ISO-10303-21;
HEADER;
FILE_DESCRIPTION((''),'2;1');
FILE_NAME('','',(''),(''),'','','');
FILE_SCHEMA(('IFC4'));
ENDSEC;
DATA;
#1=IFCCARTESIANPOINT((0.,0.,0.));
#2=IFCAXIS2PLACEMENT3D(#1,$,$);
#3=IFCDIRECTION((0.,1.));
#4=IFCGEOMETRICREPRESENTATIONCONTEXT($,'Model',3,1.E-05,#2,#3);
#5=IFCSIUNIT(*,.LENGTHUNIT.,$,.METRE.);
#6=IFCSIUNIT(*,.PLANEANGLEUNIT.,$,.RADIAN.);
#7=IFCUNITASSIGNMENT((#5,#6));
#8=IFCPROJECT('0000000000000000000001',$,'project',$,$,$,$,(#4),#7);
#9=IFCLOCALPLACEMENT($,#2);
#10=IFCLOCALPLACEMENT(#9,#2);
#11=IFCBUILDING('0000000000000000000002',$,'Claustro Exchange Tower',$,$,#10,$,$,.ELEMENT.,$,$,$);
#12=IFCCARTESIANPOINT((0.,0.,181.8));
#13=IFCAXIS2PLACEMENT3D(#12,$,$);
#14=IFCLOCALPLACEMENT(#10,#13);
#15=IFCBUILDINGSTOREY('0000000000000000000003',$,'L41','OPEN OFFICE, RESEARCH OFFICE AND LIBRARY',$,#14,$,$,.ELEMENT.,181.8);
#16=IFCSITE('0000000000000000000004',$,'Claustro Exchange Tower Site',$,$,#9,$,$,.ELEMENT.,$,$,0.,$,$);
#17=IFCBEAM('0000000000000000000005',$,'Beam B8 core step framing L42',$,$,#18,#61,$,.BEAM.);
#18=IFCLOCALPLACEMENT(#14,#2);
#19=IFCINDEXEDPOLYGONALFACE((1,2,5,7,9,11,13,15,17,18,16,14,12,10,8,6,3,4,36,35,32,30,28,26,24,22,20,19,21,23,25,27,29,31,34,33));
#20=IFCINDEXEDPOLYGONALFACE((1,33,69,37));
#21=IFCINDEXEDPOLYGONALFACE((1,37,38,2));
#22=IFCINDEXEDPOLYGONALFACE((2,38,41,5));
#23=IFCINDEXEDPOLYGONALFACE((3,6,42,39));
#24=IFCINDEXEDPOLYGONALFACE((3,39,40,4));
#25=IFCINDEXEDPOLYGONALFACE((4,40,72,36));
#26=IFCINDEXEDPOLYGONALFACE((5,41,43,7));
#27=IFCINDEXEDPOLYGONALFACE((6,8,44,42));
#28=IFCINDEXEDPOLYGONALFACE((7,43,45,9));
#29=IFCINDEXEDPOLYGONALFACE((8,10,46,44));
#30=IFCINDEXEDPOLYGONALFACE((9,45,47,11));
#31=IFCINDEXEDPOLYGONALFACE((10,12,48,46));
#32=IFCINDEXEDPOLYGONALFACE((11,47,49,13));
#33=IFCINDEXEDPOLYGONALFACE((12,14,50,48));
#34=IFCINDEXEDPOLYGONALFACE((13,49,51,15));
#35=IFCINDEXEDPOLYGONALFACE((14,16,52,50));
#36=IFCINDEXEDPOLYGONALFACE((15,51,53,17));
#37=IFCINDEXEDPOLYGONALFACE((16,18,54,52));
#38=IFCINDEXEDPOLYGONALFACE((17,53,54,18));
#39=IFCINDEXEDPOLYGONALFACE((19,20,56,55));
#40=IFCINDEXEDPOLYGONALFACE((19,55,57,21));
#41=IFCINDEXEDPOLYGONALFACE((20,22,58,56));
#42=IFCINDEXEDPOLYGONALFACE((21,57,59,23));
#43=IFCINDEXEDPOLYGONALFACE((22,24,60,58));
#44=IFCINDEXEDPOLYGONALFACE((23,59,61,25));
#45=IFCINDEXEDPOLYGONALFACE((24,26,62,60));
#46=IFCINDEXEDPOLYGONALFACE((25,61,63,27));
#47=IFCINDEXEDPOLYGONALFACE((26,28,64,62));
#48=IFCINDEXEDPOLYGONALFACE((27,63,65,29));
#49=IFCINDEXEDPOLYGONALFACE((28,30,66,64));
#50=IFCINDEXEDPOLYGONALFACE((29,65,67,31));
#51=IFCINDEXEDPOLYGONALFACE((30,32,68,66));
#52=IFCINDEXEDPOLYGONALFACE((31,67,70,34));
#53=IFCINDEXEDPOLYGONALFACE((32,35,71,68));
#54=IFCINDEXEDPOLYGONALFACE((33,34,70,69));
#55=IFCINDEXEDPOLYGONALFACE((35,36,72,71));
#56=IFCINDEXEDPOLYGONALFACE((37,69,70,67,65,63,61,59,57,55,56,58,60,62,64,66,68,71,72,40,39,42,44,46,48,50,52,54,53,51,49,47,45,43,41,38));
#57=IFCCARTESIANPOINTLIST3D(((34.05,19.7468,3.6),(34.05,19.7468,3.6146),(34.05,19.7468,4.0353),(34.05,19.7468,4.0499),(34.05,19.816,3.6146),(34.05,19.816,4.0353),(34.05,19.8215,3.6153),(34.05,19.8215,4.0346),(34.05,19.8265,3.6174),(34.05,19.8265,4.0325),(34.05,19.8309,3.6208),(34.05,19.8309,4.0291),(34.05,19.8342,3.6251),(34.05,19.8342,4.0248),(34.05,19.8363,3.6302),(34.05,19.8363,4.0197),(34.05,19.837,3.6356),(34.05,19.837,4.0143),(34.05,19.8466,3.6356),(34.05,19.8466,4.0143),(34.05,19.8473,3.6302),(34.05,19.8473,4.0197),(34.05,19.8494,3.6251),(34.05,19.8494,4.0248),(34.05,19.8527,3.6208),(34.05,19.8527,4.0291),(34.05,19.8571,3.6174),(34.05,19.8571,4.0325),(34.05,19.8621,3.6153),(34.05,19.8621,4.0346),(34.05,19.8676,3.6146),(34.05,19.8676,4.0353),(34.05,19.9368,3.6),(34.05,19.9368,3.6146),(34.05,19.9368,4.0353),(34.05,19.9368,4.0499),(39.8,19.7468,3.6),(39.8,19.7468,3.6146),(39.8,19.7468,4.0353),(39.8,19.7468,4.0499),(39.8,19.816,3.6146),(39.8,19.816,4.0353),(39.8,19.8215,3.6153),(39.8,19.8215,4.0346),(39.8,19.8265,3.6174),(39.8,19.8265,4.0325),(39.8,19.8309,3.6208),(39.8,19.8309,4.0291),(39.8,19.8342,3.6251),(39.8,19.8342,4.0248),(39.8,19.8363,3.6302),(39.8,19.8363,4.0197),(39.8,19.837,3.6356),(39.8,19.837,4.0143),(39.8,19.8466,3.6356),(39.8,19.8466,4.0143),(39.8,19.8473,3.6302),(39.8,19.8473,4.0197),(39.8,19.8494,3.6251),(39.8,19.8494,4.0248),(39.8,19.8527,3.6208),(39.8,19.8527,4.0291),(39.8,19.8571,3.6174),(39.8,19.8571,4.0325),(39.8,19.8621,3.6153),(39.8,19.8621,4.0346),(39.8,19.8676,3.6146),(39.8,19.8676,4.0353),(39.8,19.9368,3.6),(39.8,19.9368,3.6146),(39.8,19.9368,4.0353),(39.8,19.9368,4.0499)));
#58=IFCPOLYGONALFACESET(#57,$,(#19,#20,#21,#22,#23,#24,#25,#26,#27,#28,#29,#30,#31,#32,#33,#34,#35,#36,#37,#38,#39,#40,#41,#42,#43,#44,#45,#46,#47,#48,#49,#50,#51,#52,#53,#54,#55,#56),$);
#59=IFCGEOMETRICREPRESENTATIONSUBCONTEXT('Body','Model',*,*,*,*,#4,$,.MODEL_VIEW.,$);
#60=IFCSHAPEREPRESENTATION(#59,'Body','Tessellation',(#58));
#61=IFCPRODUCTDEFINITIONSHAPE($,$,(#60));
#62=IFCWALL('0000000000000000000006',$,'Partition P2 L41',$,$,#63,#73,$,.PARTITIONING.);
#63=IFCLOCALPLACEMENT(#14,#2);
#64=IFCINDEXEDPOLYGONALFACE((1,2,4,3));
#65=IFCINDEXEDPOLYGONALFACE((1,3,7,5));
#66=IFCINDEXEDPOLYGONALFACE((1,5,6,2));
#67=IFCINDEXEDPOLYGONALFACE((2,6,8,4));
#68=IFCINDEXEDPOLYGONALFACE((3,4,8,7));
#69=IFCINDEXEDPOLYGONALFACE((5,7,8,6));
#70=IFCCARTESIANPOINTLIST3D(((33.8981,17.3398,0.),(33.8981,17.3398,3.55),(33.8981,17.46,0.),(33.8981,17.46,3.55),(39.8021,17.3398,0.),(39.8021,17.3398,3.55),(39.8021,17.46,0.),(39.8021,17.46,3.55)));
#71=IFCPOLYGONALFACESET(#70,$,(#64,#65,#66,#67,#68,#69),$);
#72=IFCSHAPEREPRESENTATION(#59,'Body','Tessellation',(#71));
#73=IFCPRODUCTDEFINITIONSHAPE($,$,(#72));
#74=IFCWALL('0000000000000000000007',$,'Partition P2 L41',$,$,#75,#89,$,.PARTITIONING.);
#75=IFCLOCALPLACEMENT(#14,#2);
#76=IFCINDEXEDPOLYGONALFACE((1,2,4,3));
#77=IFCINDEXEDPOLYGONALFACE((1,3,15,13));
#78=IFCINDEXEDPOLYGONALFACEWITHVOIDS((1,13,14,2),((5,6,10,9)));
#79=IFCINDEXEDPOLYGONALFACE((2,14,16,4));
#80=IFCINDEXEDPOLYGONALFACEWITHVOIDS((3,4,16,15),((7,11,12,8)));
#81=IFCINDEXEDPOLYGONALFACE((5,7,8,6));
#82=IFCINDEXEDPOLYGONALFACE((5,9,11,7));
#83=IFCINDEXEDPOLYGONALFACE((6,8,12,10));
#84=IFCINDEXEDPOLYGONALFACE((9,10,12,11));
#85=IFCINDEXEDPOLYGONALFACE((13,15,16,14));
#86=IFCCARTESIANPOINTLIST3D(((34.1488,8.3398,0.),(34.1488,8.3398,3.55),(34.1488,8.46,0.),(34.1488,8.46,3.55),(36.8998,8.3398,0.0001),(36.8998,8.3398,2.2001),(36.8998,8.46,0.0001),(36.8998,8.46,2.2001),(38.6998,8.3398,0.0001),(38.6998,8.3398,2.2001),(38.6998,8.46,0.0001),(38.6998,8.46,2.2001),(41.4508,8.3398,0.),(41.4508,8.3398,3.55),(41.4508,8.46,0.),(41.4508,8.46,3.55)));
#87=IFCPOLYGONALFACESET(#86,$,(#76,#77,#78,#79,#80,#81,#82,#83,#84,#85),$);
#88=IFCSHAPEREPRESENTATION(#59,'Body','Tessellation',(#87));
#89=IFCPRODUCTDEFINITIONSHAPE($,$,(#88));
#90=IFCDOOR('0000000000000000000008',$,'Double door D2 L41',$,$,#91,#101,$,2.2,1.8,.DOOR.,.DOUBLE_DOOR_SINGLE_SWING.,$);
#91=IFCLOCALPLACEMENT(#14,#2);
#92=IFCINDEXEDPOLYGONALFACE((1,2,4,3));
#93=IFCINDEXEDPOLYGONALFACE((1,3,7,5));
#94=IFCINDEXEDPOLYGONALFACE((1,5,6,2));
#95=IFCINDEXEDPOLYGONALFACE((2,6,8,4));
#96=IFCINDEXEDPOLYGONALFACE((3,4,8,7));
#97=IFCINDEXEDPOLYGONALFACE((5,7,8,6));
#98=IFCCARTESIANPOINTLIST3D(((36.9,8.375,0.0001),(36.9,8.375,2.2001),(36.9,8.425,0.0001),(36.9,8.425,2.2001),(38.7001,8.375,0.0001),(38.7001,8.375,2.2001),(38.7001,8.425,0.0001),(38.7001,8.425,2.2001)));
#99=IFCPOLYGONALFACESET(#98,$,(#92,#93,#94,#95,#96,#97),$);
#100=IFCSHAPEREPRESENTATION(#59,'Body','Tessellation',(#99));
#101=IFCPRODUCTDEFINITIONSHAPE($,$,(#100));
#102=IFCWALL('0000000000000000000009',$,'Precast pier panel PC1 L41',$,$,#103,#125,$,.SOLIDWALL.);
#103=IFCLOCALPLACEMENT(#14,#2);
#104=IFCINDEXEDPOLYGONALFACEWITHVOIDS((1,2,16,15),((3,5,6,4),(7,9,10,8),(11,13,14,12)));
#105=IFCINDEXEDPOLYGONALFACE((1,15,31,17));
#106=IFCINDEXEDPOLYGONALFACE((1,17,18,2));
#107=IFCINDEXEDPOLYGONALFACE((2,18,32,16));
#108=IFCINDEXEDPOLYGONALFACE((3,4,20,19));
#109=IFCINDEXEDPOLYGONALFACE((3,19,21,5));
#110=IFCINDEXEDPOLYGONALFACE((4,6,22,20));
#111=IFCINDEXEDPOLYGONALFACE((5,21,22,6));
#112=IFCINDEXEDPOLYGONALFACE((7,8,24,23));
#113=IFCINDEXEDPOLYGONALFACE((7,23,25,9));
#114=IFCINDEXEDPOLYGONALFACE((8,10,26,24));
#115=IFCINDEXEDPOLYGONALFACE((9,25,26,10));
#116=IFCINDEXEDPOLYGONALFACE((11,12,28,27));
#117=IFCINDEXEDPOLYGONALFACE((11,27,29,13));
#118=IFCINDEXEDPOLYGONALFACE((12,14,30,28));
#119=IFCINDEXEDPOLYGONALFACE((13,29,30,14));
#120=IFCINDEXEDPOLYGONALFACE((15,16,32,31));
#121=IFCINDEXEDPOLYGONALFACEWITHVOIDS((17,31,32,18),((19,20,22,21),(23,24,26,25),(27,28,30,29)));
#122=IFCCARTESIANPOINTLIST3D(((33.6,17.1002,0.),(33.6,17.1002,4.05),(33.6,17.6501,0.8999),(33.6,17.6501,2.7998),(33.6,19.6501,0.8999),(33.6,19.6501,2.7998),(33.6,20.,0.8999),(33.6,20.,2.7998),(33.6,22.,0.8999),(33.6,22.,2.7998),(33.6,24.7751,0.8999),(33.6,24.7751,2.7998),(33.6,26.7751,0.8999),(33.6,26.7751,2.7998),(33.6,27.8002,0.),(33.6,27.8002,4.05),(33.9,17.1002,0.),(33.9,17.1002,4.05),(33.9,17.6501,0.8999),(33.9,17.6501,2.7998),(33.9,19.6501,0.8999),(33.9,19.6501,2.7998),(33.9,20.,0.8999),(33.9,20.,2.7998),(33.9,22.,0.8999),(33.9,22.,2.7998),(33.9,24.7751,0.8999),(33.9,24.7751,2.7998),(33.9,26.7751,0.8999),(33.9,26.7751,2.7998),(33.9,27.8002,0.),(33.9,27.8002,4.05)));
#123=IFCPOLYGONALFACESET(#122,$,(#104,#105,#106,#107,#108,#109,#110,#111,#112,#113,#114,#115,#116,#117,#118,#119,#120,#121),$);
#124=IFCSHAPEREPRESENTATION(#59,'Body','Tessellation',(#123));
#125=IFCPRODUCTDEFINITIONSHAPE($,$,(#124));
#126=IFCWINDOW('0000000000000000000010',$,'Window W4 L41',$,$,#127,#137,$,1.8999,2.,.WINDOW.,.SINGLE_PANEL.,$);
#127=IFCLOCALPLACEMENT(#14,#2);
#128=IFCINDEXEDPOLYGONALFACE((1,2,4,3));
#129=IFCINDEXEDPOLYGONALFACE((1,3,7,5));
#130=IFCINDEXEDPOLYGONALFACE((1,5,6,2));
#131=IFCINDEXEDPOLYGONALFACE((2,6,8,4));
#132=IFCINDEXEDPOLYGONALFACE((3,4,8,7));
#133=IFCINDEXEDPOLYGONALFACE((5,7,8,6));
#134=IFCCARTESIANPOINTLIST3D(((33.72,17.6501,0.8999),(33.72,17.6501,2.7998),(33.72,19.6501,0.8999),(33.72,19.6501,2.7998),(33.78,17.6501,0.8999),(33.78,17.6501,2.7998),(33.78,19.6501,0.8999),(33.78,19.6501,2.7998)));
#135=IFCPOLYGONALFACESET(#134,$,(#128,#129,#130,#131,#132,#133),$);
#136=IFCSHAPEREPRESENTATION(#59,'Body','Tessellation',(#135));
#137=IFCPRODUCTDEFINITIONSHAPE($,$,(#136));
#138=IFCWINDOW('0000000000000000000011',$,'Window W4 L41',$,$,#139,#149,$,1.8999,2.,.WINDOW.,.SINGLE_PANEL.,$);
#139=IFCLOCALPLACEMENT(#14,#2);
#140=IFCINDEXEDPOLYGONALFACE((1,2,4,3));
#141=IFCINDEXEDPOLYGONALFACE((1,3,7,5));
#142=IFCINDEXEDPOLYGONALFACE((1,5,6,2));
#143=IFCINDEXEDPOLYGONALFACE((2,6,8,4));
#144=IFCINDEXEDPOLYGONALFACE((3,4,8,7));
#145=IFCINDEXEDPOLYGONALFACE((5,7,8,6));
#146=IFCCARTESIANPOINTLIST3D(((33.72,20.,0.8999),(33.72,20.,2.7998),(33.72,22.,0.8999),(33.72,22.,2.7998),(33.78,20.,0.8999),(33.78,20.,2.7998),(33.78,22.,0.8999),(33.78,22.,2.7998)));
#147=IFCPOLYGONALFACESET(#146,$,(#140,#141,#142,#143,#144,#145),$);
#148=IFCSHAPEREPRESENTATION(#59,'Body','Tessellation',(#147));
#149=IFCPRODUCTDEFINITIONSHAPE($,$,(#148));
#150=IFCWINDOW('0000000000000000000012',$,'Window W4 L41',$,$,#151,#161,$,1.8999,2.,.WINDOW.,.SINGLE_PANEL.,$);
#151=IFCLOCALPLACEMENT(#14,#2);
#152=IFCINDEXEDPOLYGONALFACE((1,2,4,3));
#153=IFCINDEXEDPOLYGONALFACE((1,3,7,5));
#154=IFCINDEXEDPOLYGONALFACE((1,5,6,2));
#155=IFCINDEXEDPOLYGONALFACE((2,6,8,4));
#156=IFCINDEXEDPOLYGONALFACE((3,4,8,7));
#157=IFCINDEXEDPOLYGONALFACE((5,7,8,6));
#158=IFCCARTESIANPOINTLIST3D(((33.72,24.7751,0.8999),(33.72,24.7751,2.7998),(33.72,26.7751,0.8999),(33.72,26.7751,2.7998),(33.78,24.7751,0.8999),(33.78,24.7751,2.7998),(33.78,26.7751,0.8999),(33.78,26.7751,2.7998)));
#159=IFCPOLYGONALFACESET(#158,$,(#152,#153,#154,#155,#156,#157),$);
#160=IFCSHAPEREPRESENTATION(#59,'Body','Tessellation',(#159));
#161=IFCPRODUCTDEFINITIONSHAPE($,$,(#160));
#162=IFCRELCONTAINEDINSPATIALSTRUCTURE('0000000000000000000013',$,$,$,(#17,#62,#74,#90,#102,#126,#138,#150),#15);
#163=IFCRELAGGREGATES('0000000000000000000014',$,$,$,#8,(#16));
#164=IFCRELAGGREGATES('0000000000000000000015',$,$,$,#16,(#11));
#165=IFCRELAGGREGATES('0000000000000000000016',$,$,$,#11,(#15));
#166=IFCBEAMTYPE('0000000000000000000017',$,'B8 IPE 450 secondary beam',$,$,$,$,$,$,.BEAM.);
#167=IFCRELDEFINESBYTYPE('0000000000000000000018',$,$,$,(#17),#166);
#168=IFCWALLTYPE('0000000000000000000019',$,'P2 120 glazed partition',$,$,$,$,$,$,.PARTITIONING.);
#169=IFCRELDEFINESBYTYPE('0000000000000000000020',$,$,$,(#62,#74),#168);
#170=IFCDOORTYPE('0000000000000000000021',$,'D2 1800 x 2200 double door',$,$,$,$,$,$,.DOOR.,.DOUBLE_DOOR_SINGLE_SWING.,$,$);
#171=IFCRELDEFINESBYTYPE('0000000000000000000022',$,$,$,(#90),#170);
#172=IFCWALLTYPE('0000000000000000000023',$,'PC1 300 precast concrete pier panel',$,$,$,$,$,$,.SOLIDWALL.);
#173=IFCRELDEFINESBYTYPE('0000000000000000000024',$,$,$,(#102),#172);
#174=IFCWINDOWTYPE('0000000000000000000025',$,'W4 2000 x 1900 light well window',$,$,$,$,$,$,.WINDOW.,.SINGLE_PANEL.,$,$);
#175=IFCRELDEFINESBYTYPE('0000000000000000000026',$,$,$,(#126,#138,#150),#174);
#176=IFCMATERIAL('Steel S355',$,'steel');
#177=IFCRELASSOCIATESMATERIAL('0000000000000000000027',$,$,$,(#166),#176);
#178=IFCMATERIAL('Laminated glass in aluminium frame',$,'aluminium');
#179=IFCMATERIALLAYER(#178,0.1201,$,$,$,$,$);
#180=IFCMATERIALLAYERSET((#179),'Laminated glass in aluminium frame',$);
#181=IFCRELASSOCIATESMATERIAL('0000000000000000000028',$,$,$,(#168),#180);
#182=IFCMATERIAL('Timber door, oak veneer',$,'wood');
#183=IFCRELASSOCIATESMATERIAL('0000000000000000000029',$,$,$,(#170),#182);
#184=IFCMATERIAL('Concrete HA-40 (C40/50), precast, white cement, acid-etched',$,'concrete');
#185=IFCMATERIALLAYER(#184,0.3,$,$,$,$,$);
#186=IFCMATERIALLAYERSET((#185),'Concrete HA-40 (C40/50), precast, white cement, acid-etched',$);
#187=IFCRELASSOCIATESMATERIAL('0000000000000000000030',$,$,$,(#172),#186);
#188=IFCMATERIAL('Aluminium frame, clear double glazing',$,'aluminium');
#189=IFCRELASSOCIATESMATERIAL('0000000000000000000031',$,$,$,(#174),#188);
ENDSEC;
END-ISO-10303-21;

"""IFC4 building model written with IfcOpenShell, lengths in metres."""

from ifc_helpers import new_model, si_unit, direction, frame, frame_2d, origin, origin_2d, place, context, subcontext, project, spatial, rectangle, i_section, extrude, material, layer, layer_set, material_profile, profile_set, type_object, element, fill, save


model = new_model("IFC4")

# Units and contexts
model_context = context("Model", 3, precision=1e-05, world=origin(), true_north=direction((0.0, 1.0)))
body_context = subcontext(model_context, "Body", "Model", "MODEL_VIEW")
ifc_project = project(units=[si_unit("LENGTHUNIT", "METRE"), si_unit("PLANEANGLEUNIT", "RADIAN")], contexts=[model_context])

# Site, building, storey
site_placement = place(None, origin())
site = spatial("IfcSite", under=ifc_project, at=site_placement, Name="Claustro Exchange Tower Site", CompositionType="ELEMENT", RefElevation=0.0)
building_placement = place(site_placement, origin())
building = spatial("IfcBuilding", under=site, at=building_placement, Name="Claustro Exchange Tower", CompositionType="ELEMENT")
storey_placement = place(building_placement, frame((0.0, 0.0, 181.8)))
storey = spatial("IfcBuildingStorey", under=building, at=storey_placement, Name="L41", Description="OPEN OFFICE, RESEARCH OFFICE AND LIBRARY", CompositionType="ELEMENT", Elevation=181.8)

# Beam
ifc_material_1 = material(Name="Steel S355", Category="steel")
ifc_material_profile_1 = material_profile(ifc_material_1, i_section(OverallWidth=0.1899, OverallDepth=0.45, WebThickness=0.0095, FlangeThickness=0.0146, FilletRadius=0.021, at=origin_2d()), Name="IPE 450")
ifc_profile_set_1 = profile_set([ifc_material_profile_1], Name="Steel S355")
beam_type_1 = type_object("IfcBeamType", Name="B8 IPE 450 secondary beam", PredefinedType="BEAM", material=ifc_profile_set_1)
for number, where, z_axis, x_axis, name in (
    (1, (34.05, 19.8418, 3.825), (1.0, 0.0, 0.0), (0.0, 1.0, 0.0), "Beam B8 core step framing L42"),
):
    element("IfcBeam", number, at=place(storey_placement, frame(where, z_axis=z_axis, x_axis=x_axis)), inside=storey, type_object=beam_type_1, Name=name, PredefinedType="BEAM", context=body_context, shape_type="SweptSolid", body=[
        extrude(i_section(OverallWidth=0.1899, OverallDepth=0.45, WebThickness=0.0095, FlangeThickness=0.0146, FilletRadius=0.021, at=origin_2d()), origin(), (0.0, 0.0, 1.0), 5.75),
    ])

# Wall
ifc_material_2 = material(Name="Laminated glass in aluminium frame", Category="aluminium")
ifc_layer_1 = layer(ifc_material_2, 0.1201)
ifc_layer_set_1 = layer_set([ifc_layer_1], Name="Laminated glass in aluminium frame")
wall_type_1 = type_object("IfcWallType", Name="P2 120 glazed partition", PredefinedType="PARTITIONING", material=ifc_layer_set_1)
wall_1_placement = place(storey_placement, frame((33.8979, 17.3999, 0.0), z_axis=(0.0, 0.0, 1.0), x_axis=(1.0, 0.0, 0.0)))
element("IfcWall", 2, at=wall_1_placement, inside=storey, type_object=wall_type_1, Name="Partition P2 L41", PredefinedType="PARTITIONING", context=body_context, shape_type="SweptSolid", body=[
    extrude(rectangle(XDim=5.9041, YDim=0.1201, at=frame_2d((2.9521, 0.0))), origin(), (0.0, 0.0, 1.0), 3.55),
])

# Wall, opening, door
wall_2_placement = place(storey_placement, frame((34.1489, 8.3999, 0.0), z_axis=(0.0, 0.0, 1.0), x_axis=(1.0, 0.0, 0.0)))
wall_2 = element("IfcWall", 3, at=wall_2_placement, inside=storey, type_object=wall_type_1, Name="Partition P2 L41", PredefinedType="PARTITIONING", context=body_context, shape_type="SweptSolid", body=[
    extrude(rectangle(XDim=7.302, YDim=0.1201, at=frame_2d((3.6509, 0.0))), origin(), (0.0, 0.0, 1.0), 3.55),
])
opening_1_placement = place(wall_2_placement, frame((2.751, 0.0, 0.0)))
opening_1 = element("IfcOpeningElement", 4, at=opening_1_placement, cuts=wall_2, PredefinedType="OPENING", context=body_context, shape_type="SweptSolid", body=[
    extrude(rectangle(XDim=1.8, YDim=2.2, at=frame_2d((0.8999, 1.1001))), frame((0.0, 0.0701, 0.0), z_axis=(0.0, -1.0, 0.0), x_axis=(1.0, 0.0, 0.0)), (0.0, 0.0, 1.0), 0.1401),
])
ifc_material_3 = material(Name="Timber door, oak veneer", Category="wood")
door_type_1 = type_object("IfcDoorType", Name="D2 1800 x 2200 double door", OperationType="DOUBLE_DOOR_SINGLE_SWING", PredefinedType="DOOR", material=ifc_material_3)
door_1_placement = place(opening_1_placement, frame((1.8, 0.0, 0.0), z_axis=(0.0, 0.0, 1.0), x_axis=(-1.0, 0.0, 0.0)))
door_1 = element("IfcDoor", 5, at=door_1_placement, inside=storey, type_object=door_type_1, Name="Double door D2 L41", OperationType="DOUBLE_DOOR_SINGLE_SWING", OverallHeight=2.2, OverallWidth=1.8, PredefinedType="DOOR", context=body_context, shape_type="SweptSolid", body=[
    extrude(rectangle(XDim=1.8, YDim=2.2, at=frame_2d((0.8999, 1.1001))), frame((0.0, 0.0249, 0.0), z_axis=(0.0, -1.0, 0.0), x_axis=(1.0, 0.0, 0.0)), (0.0, 0.0, 1.0), 0.05),
])
fill(opening_1, door_1)

# Wall, openings, windows
ifc_material_4 = material(Name="Concrete HA-40 (C40/50), precast, white cement, acid-etched", Category="concrete")
ifc_layer_2 = layer(ifc_material_4, 0.3)
ifc_layer_set_2 = layer_set([ifc_layer_2], Name="Concrete HA-40 (C40/50), precast, white cement, acid-etched")
wall_type_2 = type_object("IfcWallType", Name="PC1 300 precast concrete pier panel", PredefinedType="SOLIDWALL", material=ifc_layer_set_2)
wall_3_placement = place(storey_placement, frame((33.75, 17.1001, 0.0), z_axis=(0.0, 0.0, 1.0), x_axis=(0.0, 1.0, 0.0)))
wall_3 = element("IfcWall", 6, at=wall_3_placement, inside=storey, type_object=wall_type_2, Name="Precast pier panel PC1 L41", PredefinedType="SOLIDWALL", context=body_context, shape_type="SweptSolid", body=[
    extrude(rectangle(XDim=10.7, YDim=0.3, at=frame_2d((5.3501, 0.0))), origin(), (0.0, 0.0, 1.0), 4.05),
])
opening_2_placement = place(wall_3_placement, frame((0.55, 0.0, 0.8999)))
opening_2 = element("IfcOpeningElement", 7, at=opening_2_placement, cuts=wall_3, PredefinedType="OPENING", context=body_context, shape_type="SweptSolid", body=[
    extrude(rectangle(XDim=2.0, YDim=1.8999, at=frame_2d((1.0, 0.95))), frame((0.0, 0.1599, 0.0), z_axis=(0.0, -1.0, 0.0), x_axis=(1.0, 0.0, 0.0)), (0.0, 0.0, 1.0), 0.3201),
])
opening_3_placement = place(wall_3_placement, frame((2.8999, 0.0, 0.8999)))
opening_3 = element("IfcOpeningElement", 8, at=opening_3_placement, cuts=wall_3, PredefinedType="OPENING", context=body_context, shape_type="SweptSolid", body=[
    extrude(rectangle(XDim=2.0, YDim=1.8999, at=frame_2d((1.0, 0.95))), frame((0.0, 0.1599, 0.0), z_axis=(0.0, -1.0, 0.0), x_axis=(1.0, 0.0, 0.0)), (0.0, 0.0, 1.0), 0.3201),
])
opening_4_placement = place(wall_3_placement, frame((7.675, 0.0, 0.8999)))
opening_4 = element("IfcOpeningElement", 9, at=opening_4_placement, cuts=wall_3, PredefinedType="OPENING", context=body_context, shape_type="SweptSolid", body=[
    extrude(rectangle(XDim=2.0, YDim=1.8999, at=frame_2d((1.0, 0.95))), frame((0.0, 0.1599, 0.0), z_axis=(0.0, -1.0, 0.0), x_axis=(1.0, 0.0, 0.0)), (0.0, 0.0, 1.0), 0.3201),
])
ifc_material_5 = material(Name="Aluminium frame, clear double glazing", Category="aluminium")
window_type = type_object("IfcWindowType", Name="W4 2000 x 1900 light well window", PartitioningType="SINGLE_PANEL", PredefinedType="WINDOW", material=ifc_material_5)
window_1_placement = place(opening_2_placement, origin())
window_1 = element("IfcWindow", 10, at=window_1_placement, inside=storey, type_object=window_type, Name="Window W4 L41", OverallHeight=1.8999, OverallWidth=2.0, PartitioningType="SINGLE_PANEL", PredefinedType="WINDOW", context=body_context, shape_type="SweptSolid", body=[
    extrude(rectangle(XDim=2.0, YDim=1.8999, at=frame_2d((1.0, 0.95))), frame((0.0, 0.03, 0.0), z_axis=(0.0, -1.0, 0.0), x_axis=(1.0, 0.0, 0.0)), (0.0, 0.0, 1.0), 0.0601),
])
fill(opening_2, window_1)
window_2_placement = place(opening_3_placement, origin())
window_2 = element("IfcWindow", 11, at=window_2_placement, inside=storey, type_object=window_type, Name="Window W4 L41", OverallHeight=1.8999, OverallWidth=2.0, PartitioningType="SINGLE_PANEL", PredefinedType="WINDOW", context=body_context, shape_type="SweptSolid", body=[
    extrude(rectangle(XDim=2.0, YDim=1.8999, at=frame_2d((1.0, 0.95))), frame((0.0, 0.03, 0.0), z_axis=(0.0, -1.0, 0.0), x_axis=(1.0, 0.0, 0.0)), (0.0, 0.0, 1.0), 0.0601),
])
fill(opening_3, window_2)
window_3_placement = place(opening_4_placement, origin())
window_3 = element("IfcWindow", 12, at=window_3_placement, inside=storey, type_object=window_type, Name="Window W4 L41", OverallHeight=1.8999, OverallWidth=2.0, PartitioningType="SINGLE_PANEL", PredefinedType="WINDOW", context=body_context, shape_type="SweptSolid", body=[
    extrude(rectangle(XDim=2.0, YDim=1.8999, at=frame_2d((1.0, 0.95))), frame((0.0, 0.03, 0.0), z_axis=(0.0, -1.0, 0.0), x_axis=(1.0, 0.0, 0.0)), (0.0, 0.0, 1.0), 0.0601),
])
fill(opening_4, window_3)

save(model, "model.ifc")
